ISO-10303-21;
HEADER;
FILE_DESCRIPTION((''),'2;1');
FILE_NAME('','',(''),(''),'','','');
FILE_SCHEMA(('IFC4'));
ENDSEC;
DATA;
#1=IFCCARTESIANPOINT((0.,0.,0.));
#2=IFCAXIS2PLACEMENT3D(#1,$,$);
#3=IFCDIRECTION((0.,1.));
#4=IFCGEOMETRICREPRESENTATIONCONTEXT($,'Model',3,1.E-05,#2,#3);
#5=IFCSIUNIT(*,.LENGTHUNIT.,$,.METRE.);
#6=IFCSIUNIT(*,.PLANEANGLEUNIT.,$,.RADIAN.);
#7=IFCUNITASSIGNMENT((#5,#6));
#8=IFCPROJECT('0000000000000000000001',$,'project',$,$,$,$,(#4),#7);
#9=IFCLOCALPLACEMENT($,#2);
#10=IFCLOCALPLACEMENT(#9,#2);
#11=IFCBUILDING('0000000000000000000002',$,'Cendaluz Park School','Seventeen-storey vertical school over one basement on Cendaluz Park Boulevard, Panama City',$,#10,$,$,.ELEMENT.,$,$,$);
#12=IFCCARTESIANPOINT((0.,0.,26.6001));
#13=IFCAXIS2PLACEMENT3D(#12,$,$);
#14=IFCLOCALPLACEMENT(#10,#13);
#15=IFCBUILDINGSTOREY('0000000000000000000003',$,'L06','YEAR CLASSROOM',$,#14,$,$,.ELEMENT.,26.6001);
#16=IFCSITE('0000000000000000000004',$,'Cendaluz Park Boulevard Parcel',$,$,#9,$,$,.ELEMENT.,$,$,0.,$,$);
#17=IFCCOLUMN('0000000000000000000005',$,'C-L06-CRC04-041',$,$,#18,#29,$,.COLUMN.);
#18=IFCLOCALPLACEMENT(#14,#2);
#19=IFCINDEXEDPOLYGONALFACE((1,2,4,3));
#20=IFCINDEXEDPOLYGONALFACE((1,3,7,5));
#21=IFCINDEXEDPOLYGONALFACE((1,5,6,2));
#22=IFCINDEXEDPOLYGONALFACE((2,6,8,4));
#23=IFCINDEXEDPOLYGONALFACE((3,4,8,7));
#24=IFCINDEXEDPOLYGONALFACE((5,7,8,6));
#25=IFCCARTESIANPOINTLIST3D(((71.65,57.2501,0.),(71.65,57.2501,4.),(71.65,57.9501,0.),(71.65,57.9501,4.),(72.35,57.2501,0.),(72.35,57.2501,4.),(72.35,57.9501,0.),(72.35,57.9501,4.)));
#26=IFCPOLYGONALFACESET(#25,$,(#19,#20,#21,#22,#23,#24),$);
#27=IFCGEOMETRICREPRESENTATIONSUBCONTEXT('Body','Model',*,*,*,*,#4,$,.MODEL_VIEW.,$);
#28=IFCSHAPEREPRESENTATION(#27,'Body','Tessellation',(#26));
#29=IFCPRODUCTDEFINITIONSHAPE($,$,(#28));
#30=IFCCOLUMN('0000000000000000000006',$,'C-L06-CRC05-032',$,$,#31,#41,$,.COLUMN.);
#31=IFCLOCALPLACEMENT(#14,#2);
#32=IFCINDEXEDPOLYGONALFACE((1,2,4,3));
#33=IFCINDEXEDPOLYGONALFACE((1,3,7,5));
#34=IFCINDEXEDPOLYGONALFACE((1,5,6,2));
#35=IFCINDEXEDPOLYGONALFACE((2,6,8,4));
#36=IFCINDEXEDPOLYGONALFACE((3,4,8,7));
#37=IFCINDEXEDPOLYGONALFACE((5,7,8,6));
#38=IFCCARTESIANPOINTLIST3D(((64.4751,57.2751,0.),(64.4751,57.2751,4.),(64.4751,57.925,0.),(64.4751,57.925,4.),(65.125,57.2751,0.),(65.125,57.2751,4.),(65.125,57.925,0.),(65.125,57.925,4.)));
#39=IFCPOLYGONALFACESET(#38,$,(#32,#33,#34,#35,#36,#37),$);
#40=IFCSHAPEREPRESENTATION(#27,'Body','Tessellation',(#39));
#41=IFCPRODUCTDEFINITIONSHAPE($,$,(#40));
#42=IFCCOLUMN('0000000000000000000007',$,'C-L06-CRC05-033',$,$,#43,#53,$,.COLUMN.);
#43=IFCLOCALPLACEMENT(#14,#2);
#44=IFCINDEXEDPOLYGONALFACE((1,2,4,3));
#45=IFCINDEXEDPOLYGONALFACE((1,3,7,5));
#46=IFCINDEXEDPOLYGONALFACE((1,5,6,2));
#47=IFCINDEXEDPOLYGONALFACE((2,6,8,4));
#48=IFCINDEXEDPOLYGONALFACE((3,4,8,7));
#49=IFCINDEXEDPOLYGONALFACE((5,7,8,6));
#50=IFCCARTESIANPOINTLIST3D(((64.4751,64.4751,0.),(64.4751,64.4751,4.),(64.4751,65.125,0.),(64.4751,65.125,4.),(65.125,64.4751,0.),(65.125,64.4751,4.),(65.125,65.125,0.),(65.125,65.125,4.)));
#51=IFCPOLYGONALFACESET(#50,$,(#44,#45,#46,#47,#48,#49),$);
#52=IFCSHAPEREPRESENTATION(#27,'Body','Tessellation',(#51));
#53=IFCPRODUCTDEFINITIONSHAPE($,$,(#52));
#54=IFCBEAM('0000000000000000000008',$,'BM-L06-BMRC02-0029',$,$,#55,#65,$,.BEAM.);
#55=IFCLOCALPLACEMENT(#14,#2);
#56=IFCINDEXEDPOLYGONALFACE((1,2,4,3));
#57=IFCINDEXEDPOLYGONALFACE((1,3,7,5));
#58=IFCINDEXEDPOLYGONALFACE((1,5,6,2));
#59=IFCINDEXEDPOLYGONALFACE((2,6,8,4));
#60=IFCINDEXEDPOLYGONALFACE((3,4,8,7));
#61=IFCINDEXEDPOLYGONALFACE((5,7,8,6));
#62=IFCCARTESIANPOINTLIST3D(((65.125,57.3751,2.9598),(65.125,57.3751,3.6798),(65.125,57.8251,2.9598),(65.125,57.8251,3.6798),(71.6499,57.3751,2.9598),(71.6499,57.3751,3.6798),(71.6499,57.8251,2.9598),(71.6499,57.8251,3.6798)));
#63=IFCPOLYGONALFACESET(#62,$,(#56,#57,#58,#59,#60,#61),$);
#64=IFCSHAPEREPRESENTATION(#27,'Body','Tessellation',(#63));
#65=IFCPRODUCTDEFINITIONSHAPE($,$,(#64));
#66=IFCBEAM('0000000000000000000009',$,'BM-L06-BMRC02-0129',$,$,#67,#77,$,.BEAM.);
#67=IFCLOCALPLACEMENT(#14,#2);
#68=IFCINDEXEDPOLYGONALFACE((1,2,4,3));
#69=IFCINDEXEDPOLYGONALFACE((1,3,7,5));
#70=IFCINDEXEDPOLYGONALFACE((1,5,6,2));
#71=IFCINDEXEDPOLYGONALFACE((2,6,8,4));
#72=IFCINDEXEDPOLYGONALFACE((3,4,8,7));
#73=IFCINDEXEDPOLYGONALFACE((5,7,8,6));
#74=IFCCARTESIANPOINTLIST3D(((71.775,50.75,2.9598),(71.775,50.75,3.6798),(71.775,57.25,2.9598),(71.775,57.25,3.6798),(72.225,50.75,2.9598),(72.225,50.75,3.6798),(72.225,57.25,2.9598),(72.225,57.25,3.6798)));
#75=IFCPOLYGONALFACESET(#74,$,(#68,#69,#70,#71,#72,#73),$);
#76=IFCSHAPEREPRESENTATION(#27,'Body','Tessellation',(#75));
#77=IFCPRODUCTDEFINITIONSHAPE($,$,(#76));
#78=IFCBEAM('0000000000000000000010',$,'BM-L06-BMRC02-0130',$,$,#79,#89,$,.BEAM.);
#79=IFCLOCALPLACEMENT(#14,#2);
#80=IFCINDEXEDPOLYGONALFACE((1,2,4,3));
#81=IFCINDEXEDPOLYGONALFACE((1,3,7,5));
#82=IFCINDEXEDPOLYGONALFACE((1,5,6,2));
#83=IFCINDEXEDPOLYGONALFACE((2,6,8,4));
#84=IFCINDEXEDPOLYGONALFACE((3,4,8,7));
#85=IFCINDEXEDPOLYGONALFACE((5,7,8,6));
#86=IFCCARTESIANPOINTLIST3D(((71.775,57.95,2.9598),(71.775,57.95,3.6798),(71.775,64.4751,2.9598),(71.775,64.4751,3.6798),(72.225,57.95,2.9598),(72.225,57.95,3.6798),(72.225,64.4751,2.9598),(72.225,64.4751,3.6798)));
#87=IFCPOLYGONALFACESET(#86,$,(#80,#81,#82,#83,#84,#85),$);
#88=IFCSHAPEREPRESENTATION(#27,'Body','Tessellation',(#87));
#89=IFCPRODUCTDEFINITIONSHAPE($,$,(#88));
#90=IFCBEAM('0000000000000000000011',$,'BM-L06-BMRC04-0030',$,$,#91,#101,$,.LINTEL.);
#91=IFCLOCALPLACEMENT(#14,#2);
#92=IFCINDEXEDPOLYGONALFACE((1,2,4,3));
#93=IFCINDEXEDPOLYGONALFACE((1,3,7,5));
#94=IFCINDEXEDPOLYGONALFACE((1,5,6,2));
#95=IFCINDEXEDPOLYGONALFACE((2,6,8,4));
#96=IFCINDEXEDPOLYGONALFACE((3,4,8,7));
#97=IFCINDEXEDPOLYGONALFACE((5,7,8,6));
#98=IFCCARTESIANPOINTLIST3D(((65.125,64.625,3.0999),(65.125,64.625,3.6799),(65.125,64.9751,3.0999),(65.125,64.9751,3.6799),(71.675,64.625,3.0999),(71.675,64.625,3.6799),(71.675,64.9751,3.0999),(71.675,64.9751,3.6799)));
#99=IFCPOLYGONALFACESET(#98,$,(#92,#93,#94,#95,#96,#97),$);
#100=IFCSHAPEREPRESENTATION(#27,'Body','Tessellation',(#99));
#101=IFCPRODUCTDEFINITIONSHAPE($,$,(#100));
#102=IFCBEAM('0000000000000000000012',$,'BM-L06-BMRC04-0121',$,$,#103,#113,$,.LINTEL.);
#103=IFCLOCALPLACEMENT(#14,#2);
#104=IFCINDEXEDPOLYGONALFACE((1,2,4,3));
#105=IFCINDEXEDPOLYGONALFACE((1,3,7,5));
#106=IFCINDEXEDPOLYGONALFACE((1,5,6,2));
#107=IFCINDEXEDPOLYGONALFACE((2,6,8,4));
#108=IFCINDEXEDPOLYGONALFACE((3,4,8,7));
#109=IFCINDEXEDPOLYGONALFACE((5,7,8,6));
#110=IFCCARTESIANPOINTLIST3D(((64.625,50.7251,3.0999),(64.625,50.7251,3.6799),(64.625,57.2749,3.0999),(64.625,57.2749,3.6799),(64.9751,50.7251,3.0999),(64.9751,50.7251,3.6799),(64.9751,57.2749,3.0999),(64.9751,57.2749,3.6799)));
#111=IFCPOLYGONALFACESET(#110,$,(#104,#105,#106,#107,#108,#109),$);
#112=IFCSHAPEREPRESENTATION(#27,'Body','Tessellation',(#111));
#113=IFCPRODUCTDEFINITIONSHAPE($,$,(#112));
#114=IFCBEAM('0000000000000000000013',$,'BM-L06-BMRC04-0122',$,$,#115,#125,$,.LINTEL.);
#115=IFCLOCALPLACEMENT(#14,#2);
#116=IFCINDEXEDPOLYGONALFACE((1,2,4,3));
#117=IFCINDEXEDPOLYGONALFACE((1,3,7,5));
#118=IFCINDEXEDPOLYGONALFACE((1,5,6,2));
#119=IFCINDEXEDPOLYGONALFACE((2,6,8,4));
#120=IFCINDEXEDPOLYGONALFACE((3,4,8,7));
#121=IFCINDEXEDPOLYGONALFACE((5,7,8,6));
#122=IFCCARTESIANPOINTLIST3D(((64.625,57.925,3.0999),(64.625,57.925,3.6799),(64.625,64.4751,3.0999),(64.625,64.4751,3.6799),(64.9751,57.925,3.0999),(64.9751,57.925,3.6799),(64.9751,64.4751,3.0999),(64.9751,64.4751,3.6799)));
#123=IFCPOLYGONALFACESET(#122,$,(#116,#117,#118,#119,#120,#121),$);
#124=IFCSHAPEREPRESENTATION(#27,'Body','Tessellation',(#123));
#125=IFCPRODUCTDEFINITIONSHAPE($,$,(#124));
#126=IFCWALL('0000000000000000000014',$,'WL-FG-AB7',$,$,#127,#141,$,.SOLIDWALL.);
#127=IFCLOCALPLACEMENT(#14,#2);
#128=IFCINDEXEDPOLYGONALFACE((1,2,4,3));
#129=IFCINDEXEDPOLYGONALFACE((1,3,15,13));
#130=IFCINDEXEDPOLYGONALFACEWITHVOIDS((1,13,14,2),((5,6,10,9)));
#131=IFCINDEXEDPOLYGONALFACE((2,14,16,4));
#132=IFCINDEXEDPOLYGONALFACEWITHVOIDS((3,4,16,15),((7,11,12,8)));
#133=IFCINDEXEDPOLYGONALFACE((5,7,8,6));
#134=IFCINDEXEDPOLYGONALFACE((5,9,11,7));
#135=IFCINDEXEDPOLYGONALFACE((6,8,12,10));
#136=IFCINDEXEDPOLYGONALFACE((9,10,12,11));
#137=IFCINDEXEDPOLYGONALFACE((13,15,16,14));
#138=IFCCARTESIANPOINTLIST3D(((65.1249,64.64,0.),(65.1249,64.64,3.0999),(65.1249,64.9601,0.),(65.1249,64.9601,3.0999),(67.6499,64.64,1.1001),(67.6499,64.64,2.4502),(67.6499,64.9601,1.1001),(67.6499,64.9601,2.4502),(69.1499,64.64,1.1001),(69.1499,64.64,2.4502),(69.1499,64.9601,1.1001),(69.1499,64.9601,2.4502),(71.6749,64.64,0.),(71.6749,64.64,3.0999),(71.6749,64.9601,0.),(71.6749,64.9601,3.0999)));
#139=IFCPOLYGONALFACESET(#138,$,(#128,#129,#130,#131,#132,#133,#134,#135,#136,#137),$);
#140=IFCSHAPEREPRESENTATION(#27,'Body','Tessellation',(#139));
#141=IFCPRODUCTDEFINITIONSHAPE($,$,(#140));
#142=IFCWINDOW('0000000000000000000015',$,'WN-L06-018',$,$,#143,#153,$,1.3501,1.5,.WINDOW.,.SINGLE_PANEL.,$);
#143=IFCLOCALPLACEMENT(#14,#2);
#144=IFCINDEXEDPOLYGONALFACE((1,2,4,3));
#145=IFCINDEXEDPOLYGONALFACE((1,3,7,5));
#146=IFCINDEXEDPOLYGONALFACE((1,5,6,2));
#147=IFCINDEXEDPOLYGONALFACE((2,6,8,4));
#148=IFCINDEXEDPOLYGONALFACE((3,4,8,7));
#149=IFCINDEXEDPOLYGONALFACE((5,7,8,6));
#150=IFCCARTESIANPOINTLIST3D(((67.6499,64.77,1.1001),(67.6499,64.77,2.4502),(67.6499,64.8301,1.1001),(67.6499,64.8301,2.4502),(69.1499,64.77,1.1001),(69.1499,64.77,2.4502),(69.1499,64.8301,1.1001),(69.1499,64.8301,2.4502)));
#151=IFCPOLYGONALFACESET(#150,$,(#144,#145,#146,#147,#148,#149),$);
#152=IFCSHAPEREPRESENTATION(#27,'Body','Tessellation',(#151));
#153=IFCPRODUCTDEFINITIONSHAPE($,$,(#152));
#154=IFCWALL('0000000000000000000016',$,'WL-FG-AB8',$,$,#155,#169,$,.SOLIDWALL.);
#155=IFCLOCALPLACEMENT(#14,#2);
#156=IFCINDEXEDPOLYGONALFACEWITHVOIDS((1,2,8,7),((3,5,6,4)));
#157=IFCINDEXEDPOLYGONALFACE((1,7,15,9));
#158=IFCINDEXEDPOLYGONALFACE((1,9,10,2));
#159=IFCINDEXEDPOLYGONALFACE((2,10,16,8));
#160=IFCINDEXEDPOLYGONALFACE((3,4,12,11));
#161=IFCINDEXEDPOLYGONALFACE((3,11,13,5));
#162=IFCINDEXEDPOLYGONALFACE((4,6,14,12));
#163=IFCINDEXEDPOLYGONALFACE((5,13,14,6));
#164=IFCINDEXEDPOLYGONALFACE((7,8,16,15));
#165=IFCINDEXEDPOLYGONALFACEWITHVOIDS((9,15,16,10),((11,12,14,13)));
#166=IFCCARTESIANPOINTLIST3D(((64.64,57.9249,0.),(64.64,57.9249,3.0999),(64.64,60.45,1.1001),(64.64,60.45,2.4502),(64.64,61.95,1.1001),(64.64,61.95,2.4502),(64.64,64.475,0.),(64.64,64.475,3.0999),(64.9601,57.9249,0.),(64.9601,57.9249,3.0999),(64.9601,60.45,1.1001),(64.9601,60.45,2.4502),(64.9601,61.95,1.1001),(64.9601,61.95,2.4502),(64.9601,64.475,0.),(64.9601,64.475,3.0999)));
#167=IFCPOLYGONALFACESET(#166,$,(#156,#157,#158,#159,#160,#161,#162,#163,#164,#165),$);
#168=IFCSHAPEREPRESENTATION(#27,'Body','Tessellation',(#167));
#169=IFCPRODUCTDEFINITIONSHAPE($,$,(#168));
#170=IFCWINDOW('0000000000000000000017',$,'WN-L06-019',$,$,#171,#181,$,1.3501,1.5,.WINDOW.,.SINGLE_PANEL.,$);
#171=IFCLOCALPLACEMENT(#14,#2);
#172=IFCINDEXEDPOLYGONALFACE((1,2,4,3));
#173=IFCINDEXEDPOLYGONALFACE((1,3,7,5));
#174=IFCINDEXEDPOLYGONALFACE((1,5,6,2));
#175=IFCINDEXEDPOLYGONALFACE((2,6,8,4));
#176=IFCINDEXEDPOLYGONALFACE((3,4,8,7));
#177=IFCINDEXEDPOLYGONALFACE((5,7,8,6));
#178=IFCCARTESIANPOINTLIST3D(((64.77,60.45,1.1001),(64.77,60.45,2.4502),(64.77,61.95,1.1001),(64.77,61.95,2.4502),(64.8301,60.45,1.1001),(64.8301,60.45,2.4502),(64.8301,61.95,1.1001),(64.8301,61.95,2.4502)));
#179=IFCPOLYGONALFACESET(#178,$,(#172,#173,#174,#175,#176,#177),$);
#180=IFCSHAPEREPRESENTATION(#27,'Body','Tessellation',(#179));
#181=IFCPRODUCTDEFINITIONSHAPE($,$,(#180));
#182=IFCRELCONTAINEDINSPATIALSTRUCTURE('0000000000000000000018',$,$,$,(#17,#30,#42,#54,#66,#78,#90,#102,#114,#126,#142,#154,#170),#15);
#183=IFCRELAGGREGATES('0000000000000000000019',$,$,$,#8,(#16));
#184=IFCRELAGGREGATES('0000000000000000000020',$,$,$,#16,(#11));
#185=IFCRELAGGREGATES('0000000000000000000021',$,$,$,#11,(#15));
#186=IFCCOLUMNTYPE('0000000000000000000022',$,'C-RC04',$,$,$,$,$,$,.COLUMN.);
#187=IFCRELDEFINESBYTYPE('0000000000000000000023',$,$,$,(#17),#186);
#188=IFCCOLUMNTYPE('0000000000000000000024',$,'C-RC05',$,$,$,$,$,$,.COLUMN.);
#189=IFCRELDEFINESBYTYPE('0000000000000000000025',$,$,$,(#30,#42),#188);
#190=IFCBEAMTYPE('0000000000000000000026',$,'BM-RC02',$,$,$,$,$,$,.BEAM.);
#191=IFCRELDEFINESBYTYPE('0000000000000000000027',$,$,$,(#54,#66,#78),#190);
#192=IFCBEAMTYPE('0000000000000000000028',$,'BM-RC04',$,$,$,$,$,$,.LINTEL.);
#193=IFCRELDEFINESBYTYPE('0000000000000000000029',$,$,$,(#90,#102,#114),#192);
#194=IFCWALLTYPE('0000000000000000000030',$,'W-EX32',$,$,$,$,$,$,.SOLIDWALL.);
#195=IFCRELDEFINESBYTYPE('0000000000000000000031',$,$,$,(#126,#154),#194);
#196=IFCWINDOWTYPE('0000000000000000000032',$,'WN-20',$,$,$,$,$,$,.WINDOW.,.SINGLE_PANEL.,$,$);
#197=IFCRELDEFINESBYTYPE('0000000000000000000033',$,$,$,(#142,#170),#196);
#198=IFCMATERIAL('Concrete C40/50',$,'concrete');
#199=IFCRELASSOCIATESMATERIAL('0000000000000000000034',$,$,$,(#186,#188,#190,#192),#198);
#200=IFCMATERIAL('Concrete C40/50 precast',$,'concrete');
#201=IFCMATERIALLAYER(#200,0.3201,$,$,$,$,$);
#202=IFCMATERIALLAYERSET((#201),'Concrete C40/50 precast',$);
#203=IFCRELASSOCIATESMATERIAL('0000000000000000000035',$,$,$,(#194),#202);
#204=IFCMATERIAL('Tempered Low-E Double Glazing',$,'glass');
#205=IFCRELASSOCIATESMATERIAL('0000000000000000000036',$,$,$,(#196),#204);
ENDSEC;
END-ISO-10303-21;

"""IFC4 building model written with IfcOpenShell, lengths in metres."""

from ifc_helpers import new_model, si_unit, direction, frame, frame_2d, origin, origin_2d, place, context, subcontext, project, spatial, rectangle, extrude, material, layer, layer_set, material_profile, profile_set, type_object, element, fill, save


model = new_model("IFC4")

# Units and contexts
model_context = context("Model", 3, precision=1e-05, world=origin(), true_north=direction((0.0, 1.0)))
body_context = subcontext(model_context, "Body", "Model", "MODEL_VIEW")
ifc_project = project(units=[si_unit("LENGTHUNIT", "METRE"), si_unit("PLANEANGLEUNIT", "RADIAN")], contexts=[model_context])

# Site, building, storey
site_placement = place(None, origin())
site = spatial("IfcSite", under=ifc_project, at=site_placement, Name="Cendaluz Park Boulevard Parcel", CompositionType="ELEMENT", RefElevation=0.0)
building_placement = place(site_placement, origin())
building = spatial("IfcBuilding", under=site, at=building_placement, Name="Cendaluz Park School", Description="Seventeen-storey vertical school over one basement on Cendaluz Park Boulevard, Panama City", CompositionType="ELEMENT")
storey_placement = place(building_placement, frame((0.0, 0.0, 26.6001)))
storey = spatial("IfcBuildingStorey", under=building, at=storey_placement, Name="L06", Description="YEAR CLASSROOM", CompositionType="ELEMENT", Elevation=26.6001)

# Columns
ifc_material_1 = material(Name="Concrete C40/50", Category="concrete")
ifc_material_profile_1 = material_profile(ifc_material_1, rectangle(XDim=0.7, YDim=0.7, at=origin_2d()), Name="RC 700x700", Category="concrete")
ifc_profile_set_1 = profile_set([ifc_material_profile_1], Name="Concrete C40/50")
column_type_1 = type_object("IfcColumnType", Name="C-RC04", PredefinedType="COLUMN", material=ifc_profile_set_1)
column_placement = place(storey_placement, frame((72.0, 57.6001, 0.0), z_axis=(0.0, 0.0, 1.0), x_axis=(1.0, 0.0, 0.0)))
element("IfcColumn", 1, at=column_placement, inside=storey, type_object=column_type_1, Name="C-L06-CRC04-041", PredefinedType="COLUMN", context=body_context, shape_type="SweptSolid", body=[
    extrude(rectangle(XDim=0.7, YDim=0.7, at=origin_2d()), origin(), (0.0, 0.0, 1.0), 4.0),
])
ifc_material_profile_2 = material_profile(ifc_material_1, rectangle(XDim=0.6499, YDim=0.6499, at=origin_2d()), Name="RC 650x650", Category="concrete")
ifc_profile_set_2 = profile_set([ifc_material_profile_2], Name="Concrete C40/50")
column_type_2 = type_object("IfcColumnType", Name="C-RC05", PredefinedType="COLUMN", material=ifc_profile_set_2)
for number, where, z_axis, x_axis, name in (
    (2, (64.8, 57.6001, 0.0), (0.0, 0.0, 1.0), (1.0, 0.0, 0.0), "C-L06-CRC05-032"),
    (3, (64.8, 64.8, 0.0), (0.0, 0.0, 1.0), (1.0, 0.0, 0.0), "C-L06-CRC05-033"),
):
    element("IfcColumn", number, at=place(storey_placement, frame(where, z_axis=z_axis, x_axis=x_axis)), inside=storey, type_object=column_type_2, Name=name, PredefinedType="COLUMN", context=body_context, shape_type="SweptSolid", body=[
        extrude(rectangle(XDim=0.6499, YDim=0.6499, at=origin_2d()), origin(), (0.0, 0.0, 1.0), 4.0),
    ])

# Beams
ifc_material_profile_3 = material_profile(ifc_material_1, rectangle(XDim=0.45, YDim=0.72, at=origin_2d()), Name="RC 450x720", Category="concrete")
ifc_profile_set_3 = profile_set([ifc_material_profile_3], Name="Concrete C40/50")
beam_type_1 = type_object("IfcBeamType", Name="BM-RC02", PredefinedType="BEAM", material=ifc_profile_set_3)
beam_1_placement = place(storey_placement, frame((65.125, 57.6001, 3.3198), z_axis=(1.0, 0.0, 0.0), x_axis=(0.0, 1.0, 0.0)))
element("IfcBeam", 4, at=beam_1_placement, inside=storey, type_object=beam_type_1, Name="BM-L06-BMRC02-0029", PredefinedType="BEAM", context=body_context, shape_type="SweptSolid", body=[
    extrude(rectangle(XDim=0.45, YDim=0.72, at=origin_2d()), origin(), (0.0, 0.0, 1.0), 6.5249),
])
beam_2_placement = place(storey_placement, frame((72.0, 50.75, 3.3198), z_axis=(0.0, 1.0, 0.0), x_axis=(-1.0, 0.0, 0.0)))
element("IfcBeam", 5, at=beam_2_placement, inside=storey, type_object=beam_type_1, Name="BM-L06-BMRC02-0129", PredefinedType="BEAM", context=body_context, shape_type="SweptSolid", body=[
    extrude(rectangle(XDim=0.45, YDim=0.72, at=origin_2d()), origin(), (0.0, 0.0, 1.0), 6.5),
])
beam_3_placement = place(storey_placement, frame((72.0, 57.95, 3.3198), z_axis=(0.0, 1.0, 0.0), x_axis=(-1.0, 0.0, 0.0)))
element("IfcBeam", 6, at=beam_3_placement, inside=storey, type_object=beam_type_1, Name="BM-L06-BMRC02-0130", PredefinedType="BEAM", context=body_context, shape_type="SweptSolid", body=[
    extrude(rectangle(XDim=0.45, YDim=0.72, at=origin_2d()), origin(), (0.0, 0.0, 1.0), 6.5251),
])
ifc_material_profile_4 = material_profile(ifc_material_1, rectangle(XDim=0.3501, YDim=0.5801, at=origin_2d()), Name="RC 350x580", Category="concrete")
ifc_profile_set_4 = profile_set([ifc_material_profile_4], Name="Concrete C40/50")
beam_type_2 = type_object("IfcBeamType", Name="BM-RC04", PredefinedType="LINTEL", material=ifc_profile_set_4)
beam_4_placement = place(storey_placement, frame((65.125, 64.8, 3.3899), z_axis=(1.0, 0.0, 0.0), x_axis=(0.0, 1.0, 0.0)))
element("IfcBeam", 7, at=beam_4_placement, inside=storey, type_object=beam_type_2, Name="BM-L06-BMRC04-0030", PredefinedType="LINTEL", context=body_context, shape_type="SweptSolid", body=[
    extrude(rectangle(XDim=0.3501, YDim=0.5801, at=origin_2d()), origin(), (0.0, 0.0, 1.0), 6.55),
])
beam_5_placement = place(storey_placement, frame((64.8, 50.7251, 3.3899), z_axis=(0.0, 1.0, 0.0), x_axis=(-1.0, 0.0, 0.0)))
element("IfcBeam", 8, at=beam_5_placement, inside=storey, type_object=beam_type_2, Name="BM-L06-BMRC04-0121", PredefinedType="LINTEL", context=body_context, shape_type="SweptSolid", body=[
    extrude(rectangle(XDim=0.3501, YDim=0.5801, at=origin_2d()), origin(), (0.0, 0.0, 1.0), 6.5498),
])
beam_6_placement = place(storey_placement, frame((64.8, 57.925, 3.3899), z_axis=(0.0, 1.0, 0.0), x_axis=(-1.0, 0.0, 0.0)))
element("IfcBeam", 9, at=beam_6_placement, inside=storey, type_object=beam_type_2, Name="BM-L06-BMRC04-0122", PredefinedType="LINTEL", context=body_context, shape_type="SweptSolid", body=[
    extrude(rectangle(XDim=0.3501, YDim=0.5801, at=origin_2d()), origin(), (0.0, 0.0, 1.0), 6.55),
])

# Walls, openings, windows
ifc_material_2 = material(Name="Concrete C40/50 precast", Category="concrete")
ifc_layer_1 = layer(ifc_material_2, 0.3201)
ifc_layer_set_1 = layer_set([ifc_layer_1], Name="Concrete C40/50 precast")
wall_type_1 = type_object("IfcWallType", Name="W-EX32", PredefinedType="SOLIDWALL", material=ifc_layer_set_1)
wall_1_placement = place(storey_placement, frame((65.125, 64.8, 0.0), z_axis=(0.0, 0.0, 1.0), x_axis=(1.0, 0.0, 0.0)))
wall_1 = element("IfcWall", 10, at=wall_1_placement, inside=storey, type_object=wall_type_1, Name="WL-FG-AB7", PredefinedType="SOLIDWALL", context=body_context, shape_type="SweptSolid", body=[
    extrude(rectangle(XDim=6.55, YDim=0.3201, at=frame_2d((3.2749, 0.0))), origin(), (0.0, 0.0, 1.0), 3.0999),
])
opening_1_placement = place(wall_1_placement, frame((2.5249, 0.0, 1.1001)))
opening_1 = element("IfcOpeningElement", 11, at=opening_1_placement, cuts=wall_1, PredefinedType="OPENING", context=body_context, shape_type="SweptSolid", body=[
    extrude(rectangle(XDim=1.5, YDim=1.3501, at=frame_2d((0.75, 0.675))), frame((0.0, 0.1721, 0.0), z_axis=(0.0, -1.0, 0.0), x_axis=(1.0, 0.0, 0.0)), (0.0, 0.0, 1.0), 0.344),
])
ifc_material_3 = material(Name="Tempered Low-E Double Glazing", Category="glass")
window_type = type_object("IfcWindowType", Name="WN-20", PartitioningType="SINGLE_PANEL", PredefinedType="WINDOW", material=ifc_material_3)
window_1_placement = place(opening_1_placement, origin())
window_1 = element("IfcWindow", 12, at=window_1_placement, inside=storey, type_object=window_type, Name="WN-L06-018", OverallHeight=1.3501, OverallWidth=1.5, PartitioningType="SINGLE_PANEL", PredefinedType="WINDOW", context=body_context, shape_type="SweptSolid", body=[
    extrude(rectangle(XDim=1.5, YDim=1.3501, at=frame_2d((0.75, 0.675))), frame((0.0, 0.03, 0.0), z_axis=(0.0, -1.0, 0.0), x_axis=(1.0, 0.0, 0.0)), (0.0, 0.0, 1.0), 0.0601),
])
fill(opening_1, window_1)
wall_2_placement = place(storey_placement, frame((64.8, 57.925, 0.0), z_axis=(0.0, 0.0, 1.0), x_axis=(0.0, 1.0, 0.0)))
wall_2 = element("IfcWall", 13, at=wall_2_placement, inside=storey, type_object=wall_type_1, Name="WL-FG-AB8", PredefinedType="SOLIDWALL", context=body_context, shape_type="SweptSolid", body=[
    extrude(rectangle(XDim=6.55, YDim=0.3201, at=frame_2d((3.2749, 0.0))), origin(), (0.0, 0.0, 1.0), 3.0999),
])
opening_2_placement = place(wall_2_placement, frame((2.5249, 0.0, 1.1001)))
opening_2 = element("IfcOpeningElement", 14, at=opening_2_placement, cuts=wall_2, PredefinedType="OPENING", context=body_context, shape_type="SweptSolid", body=[
    extrude(rectangle(XDim=1.5, YDim=1.3501, at=frame_2d((0.75, 0.675))), frame((0.0, 0.1721, 0.0), z_axis=(0.0, -1.0, 0.0), x_axis=(1.0, 0.0, 0.0)), (0.0, 0.0, 1.0), 0.344),
])
window_2_placement = place(opening_2_placement, origin())
window_2 = element("IfcWindow", 15, at=window_2_placement, inside=storey, type_object=window_type, Name="WN-L06-019", OverallHeight=1.3501, OverallWidth=1.5, PartitioningType="SINGLE_PANEL", PredefinedType="WINDOW", context=body_context, shape_type="SweptSolid", body=[
    extrude(rectangle(XDim=1.5, YDim=1.3501, at=frame_2d((0.75, 0.675))), frame((0.0, 0.03, 0.0), z_axis=(0.0, -1.0, 0.0), x_axis=(1.0, 0.0, 0.0)), (0.0, 0.0, 1.0), 0.0601),
])
fill(opening_2, window_2)

save(model, "model.ifc")
